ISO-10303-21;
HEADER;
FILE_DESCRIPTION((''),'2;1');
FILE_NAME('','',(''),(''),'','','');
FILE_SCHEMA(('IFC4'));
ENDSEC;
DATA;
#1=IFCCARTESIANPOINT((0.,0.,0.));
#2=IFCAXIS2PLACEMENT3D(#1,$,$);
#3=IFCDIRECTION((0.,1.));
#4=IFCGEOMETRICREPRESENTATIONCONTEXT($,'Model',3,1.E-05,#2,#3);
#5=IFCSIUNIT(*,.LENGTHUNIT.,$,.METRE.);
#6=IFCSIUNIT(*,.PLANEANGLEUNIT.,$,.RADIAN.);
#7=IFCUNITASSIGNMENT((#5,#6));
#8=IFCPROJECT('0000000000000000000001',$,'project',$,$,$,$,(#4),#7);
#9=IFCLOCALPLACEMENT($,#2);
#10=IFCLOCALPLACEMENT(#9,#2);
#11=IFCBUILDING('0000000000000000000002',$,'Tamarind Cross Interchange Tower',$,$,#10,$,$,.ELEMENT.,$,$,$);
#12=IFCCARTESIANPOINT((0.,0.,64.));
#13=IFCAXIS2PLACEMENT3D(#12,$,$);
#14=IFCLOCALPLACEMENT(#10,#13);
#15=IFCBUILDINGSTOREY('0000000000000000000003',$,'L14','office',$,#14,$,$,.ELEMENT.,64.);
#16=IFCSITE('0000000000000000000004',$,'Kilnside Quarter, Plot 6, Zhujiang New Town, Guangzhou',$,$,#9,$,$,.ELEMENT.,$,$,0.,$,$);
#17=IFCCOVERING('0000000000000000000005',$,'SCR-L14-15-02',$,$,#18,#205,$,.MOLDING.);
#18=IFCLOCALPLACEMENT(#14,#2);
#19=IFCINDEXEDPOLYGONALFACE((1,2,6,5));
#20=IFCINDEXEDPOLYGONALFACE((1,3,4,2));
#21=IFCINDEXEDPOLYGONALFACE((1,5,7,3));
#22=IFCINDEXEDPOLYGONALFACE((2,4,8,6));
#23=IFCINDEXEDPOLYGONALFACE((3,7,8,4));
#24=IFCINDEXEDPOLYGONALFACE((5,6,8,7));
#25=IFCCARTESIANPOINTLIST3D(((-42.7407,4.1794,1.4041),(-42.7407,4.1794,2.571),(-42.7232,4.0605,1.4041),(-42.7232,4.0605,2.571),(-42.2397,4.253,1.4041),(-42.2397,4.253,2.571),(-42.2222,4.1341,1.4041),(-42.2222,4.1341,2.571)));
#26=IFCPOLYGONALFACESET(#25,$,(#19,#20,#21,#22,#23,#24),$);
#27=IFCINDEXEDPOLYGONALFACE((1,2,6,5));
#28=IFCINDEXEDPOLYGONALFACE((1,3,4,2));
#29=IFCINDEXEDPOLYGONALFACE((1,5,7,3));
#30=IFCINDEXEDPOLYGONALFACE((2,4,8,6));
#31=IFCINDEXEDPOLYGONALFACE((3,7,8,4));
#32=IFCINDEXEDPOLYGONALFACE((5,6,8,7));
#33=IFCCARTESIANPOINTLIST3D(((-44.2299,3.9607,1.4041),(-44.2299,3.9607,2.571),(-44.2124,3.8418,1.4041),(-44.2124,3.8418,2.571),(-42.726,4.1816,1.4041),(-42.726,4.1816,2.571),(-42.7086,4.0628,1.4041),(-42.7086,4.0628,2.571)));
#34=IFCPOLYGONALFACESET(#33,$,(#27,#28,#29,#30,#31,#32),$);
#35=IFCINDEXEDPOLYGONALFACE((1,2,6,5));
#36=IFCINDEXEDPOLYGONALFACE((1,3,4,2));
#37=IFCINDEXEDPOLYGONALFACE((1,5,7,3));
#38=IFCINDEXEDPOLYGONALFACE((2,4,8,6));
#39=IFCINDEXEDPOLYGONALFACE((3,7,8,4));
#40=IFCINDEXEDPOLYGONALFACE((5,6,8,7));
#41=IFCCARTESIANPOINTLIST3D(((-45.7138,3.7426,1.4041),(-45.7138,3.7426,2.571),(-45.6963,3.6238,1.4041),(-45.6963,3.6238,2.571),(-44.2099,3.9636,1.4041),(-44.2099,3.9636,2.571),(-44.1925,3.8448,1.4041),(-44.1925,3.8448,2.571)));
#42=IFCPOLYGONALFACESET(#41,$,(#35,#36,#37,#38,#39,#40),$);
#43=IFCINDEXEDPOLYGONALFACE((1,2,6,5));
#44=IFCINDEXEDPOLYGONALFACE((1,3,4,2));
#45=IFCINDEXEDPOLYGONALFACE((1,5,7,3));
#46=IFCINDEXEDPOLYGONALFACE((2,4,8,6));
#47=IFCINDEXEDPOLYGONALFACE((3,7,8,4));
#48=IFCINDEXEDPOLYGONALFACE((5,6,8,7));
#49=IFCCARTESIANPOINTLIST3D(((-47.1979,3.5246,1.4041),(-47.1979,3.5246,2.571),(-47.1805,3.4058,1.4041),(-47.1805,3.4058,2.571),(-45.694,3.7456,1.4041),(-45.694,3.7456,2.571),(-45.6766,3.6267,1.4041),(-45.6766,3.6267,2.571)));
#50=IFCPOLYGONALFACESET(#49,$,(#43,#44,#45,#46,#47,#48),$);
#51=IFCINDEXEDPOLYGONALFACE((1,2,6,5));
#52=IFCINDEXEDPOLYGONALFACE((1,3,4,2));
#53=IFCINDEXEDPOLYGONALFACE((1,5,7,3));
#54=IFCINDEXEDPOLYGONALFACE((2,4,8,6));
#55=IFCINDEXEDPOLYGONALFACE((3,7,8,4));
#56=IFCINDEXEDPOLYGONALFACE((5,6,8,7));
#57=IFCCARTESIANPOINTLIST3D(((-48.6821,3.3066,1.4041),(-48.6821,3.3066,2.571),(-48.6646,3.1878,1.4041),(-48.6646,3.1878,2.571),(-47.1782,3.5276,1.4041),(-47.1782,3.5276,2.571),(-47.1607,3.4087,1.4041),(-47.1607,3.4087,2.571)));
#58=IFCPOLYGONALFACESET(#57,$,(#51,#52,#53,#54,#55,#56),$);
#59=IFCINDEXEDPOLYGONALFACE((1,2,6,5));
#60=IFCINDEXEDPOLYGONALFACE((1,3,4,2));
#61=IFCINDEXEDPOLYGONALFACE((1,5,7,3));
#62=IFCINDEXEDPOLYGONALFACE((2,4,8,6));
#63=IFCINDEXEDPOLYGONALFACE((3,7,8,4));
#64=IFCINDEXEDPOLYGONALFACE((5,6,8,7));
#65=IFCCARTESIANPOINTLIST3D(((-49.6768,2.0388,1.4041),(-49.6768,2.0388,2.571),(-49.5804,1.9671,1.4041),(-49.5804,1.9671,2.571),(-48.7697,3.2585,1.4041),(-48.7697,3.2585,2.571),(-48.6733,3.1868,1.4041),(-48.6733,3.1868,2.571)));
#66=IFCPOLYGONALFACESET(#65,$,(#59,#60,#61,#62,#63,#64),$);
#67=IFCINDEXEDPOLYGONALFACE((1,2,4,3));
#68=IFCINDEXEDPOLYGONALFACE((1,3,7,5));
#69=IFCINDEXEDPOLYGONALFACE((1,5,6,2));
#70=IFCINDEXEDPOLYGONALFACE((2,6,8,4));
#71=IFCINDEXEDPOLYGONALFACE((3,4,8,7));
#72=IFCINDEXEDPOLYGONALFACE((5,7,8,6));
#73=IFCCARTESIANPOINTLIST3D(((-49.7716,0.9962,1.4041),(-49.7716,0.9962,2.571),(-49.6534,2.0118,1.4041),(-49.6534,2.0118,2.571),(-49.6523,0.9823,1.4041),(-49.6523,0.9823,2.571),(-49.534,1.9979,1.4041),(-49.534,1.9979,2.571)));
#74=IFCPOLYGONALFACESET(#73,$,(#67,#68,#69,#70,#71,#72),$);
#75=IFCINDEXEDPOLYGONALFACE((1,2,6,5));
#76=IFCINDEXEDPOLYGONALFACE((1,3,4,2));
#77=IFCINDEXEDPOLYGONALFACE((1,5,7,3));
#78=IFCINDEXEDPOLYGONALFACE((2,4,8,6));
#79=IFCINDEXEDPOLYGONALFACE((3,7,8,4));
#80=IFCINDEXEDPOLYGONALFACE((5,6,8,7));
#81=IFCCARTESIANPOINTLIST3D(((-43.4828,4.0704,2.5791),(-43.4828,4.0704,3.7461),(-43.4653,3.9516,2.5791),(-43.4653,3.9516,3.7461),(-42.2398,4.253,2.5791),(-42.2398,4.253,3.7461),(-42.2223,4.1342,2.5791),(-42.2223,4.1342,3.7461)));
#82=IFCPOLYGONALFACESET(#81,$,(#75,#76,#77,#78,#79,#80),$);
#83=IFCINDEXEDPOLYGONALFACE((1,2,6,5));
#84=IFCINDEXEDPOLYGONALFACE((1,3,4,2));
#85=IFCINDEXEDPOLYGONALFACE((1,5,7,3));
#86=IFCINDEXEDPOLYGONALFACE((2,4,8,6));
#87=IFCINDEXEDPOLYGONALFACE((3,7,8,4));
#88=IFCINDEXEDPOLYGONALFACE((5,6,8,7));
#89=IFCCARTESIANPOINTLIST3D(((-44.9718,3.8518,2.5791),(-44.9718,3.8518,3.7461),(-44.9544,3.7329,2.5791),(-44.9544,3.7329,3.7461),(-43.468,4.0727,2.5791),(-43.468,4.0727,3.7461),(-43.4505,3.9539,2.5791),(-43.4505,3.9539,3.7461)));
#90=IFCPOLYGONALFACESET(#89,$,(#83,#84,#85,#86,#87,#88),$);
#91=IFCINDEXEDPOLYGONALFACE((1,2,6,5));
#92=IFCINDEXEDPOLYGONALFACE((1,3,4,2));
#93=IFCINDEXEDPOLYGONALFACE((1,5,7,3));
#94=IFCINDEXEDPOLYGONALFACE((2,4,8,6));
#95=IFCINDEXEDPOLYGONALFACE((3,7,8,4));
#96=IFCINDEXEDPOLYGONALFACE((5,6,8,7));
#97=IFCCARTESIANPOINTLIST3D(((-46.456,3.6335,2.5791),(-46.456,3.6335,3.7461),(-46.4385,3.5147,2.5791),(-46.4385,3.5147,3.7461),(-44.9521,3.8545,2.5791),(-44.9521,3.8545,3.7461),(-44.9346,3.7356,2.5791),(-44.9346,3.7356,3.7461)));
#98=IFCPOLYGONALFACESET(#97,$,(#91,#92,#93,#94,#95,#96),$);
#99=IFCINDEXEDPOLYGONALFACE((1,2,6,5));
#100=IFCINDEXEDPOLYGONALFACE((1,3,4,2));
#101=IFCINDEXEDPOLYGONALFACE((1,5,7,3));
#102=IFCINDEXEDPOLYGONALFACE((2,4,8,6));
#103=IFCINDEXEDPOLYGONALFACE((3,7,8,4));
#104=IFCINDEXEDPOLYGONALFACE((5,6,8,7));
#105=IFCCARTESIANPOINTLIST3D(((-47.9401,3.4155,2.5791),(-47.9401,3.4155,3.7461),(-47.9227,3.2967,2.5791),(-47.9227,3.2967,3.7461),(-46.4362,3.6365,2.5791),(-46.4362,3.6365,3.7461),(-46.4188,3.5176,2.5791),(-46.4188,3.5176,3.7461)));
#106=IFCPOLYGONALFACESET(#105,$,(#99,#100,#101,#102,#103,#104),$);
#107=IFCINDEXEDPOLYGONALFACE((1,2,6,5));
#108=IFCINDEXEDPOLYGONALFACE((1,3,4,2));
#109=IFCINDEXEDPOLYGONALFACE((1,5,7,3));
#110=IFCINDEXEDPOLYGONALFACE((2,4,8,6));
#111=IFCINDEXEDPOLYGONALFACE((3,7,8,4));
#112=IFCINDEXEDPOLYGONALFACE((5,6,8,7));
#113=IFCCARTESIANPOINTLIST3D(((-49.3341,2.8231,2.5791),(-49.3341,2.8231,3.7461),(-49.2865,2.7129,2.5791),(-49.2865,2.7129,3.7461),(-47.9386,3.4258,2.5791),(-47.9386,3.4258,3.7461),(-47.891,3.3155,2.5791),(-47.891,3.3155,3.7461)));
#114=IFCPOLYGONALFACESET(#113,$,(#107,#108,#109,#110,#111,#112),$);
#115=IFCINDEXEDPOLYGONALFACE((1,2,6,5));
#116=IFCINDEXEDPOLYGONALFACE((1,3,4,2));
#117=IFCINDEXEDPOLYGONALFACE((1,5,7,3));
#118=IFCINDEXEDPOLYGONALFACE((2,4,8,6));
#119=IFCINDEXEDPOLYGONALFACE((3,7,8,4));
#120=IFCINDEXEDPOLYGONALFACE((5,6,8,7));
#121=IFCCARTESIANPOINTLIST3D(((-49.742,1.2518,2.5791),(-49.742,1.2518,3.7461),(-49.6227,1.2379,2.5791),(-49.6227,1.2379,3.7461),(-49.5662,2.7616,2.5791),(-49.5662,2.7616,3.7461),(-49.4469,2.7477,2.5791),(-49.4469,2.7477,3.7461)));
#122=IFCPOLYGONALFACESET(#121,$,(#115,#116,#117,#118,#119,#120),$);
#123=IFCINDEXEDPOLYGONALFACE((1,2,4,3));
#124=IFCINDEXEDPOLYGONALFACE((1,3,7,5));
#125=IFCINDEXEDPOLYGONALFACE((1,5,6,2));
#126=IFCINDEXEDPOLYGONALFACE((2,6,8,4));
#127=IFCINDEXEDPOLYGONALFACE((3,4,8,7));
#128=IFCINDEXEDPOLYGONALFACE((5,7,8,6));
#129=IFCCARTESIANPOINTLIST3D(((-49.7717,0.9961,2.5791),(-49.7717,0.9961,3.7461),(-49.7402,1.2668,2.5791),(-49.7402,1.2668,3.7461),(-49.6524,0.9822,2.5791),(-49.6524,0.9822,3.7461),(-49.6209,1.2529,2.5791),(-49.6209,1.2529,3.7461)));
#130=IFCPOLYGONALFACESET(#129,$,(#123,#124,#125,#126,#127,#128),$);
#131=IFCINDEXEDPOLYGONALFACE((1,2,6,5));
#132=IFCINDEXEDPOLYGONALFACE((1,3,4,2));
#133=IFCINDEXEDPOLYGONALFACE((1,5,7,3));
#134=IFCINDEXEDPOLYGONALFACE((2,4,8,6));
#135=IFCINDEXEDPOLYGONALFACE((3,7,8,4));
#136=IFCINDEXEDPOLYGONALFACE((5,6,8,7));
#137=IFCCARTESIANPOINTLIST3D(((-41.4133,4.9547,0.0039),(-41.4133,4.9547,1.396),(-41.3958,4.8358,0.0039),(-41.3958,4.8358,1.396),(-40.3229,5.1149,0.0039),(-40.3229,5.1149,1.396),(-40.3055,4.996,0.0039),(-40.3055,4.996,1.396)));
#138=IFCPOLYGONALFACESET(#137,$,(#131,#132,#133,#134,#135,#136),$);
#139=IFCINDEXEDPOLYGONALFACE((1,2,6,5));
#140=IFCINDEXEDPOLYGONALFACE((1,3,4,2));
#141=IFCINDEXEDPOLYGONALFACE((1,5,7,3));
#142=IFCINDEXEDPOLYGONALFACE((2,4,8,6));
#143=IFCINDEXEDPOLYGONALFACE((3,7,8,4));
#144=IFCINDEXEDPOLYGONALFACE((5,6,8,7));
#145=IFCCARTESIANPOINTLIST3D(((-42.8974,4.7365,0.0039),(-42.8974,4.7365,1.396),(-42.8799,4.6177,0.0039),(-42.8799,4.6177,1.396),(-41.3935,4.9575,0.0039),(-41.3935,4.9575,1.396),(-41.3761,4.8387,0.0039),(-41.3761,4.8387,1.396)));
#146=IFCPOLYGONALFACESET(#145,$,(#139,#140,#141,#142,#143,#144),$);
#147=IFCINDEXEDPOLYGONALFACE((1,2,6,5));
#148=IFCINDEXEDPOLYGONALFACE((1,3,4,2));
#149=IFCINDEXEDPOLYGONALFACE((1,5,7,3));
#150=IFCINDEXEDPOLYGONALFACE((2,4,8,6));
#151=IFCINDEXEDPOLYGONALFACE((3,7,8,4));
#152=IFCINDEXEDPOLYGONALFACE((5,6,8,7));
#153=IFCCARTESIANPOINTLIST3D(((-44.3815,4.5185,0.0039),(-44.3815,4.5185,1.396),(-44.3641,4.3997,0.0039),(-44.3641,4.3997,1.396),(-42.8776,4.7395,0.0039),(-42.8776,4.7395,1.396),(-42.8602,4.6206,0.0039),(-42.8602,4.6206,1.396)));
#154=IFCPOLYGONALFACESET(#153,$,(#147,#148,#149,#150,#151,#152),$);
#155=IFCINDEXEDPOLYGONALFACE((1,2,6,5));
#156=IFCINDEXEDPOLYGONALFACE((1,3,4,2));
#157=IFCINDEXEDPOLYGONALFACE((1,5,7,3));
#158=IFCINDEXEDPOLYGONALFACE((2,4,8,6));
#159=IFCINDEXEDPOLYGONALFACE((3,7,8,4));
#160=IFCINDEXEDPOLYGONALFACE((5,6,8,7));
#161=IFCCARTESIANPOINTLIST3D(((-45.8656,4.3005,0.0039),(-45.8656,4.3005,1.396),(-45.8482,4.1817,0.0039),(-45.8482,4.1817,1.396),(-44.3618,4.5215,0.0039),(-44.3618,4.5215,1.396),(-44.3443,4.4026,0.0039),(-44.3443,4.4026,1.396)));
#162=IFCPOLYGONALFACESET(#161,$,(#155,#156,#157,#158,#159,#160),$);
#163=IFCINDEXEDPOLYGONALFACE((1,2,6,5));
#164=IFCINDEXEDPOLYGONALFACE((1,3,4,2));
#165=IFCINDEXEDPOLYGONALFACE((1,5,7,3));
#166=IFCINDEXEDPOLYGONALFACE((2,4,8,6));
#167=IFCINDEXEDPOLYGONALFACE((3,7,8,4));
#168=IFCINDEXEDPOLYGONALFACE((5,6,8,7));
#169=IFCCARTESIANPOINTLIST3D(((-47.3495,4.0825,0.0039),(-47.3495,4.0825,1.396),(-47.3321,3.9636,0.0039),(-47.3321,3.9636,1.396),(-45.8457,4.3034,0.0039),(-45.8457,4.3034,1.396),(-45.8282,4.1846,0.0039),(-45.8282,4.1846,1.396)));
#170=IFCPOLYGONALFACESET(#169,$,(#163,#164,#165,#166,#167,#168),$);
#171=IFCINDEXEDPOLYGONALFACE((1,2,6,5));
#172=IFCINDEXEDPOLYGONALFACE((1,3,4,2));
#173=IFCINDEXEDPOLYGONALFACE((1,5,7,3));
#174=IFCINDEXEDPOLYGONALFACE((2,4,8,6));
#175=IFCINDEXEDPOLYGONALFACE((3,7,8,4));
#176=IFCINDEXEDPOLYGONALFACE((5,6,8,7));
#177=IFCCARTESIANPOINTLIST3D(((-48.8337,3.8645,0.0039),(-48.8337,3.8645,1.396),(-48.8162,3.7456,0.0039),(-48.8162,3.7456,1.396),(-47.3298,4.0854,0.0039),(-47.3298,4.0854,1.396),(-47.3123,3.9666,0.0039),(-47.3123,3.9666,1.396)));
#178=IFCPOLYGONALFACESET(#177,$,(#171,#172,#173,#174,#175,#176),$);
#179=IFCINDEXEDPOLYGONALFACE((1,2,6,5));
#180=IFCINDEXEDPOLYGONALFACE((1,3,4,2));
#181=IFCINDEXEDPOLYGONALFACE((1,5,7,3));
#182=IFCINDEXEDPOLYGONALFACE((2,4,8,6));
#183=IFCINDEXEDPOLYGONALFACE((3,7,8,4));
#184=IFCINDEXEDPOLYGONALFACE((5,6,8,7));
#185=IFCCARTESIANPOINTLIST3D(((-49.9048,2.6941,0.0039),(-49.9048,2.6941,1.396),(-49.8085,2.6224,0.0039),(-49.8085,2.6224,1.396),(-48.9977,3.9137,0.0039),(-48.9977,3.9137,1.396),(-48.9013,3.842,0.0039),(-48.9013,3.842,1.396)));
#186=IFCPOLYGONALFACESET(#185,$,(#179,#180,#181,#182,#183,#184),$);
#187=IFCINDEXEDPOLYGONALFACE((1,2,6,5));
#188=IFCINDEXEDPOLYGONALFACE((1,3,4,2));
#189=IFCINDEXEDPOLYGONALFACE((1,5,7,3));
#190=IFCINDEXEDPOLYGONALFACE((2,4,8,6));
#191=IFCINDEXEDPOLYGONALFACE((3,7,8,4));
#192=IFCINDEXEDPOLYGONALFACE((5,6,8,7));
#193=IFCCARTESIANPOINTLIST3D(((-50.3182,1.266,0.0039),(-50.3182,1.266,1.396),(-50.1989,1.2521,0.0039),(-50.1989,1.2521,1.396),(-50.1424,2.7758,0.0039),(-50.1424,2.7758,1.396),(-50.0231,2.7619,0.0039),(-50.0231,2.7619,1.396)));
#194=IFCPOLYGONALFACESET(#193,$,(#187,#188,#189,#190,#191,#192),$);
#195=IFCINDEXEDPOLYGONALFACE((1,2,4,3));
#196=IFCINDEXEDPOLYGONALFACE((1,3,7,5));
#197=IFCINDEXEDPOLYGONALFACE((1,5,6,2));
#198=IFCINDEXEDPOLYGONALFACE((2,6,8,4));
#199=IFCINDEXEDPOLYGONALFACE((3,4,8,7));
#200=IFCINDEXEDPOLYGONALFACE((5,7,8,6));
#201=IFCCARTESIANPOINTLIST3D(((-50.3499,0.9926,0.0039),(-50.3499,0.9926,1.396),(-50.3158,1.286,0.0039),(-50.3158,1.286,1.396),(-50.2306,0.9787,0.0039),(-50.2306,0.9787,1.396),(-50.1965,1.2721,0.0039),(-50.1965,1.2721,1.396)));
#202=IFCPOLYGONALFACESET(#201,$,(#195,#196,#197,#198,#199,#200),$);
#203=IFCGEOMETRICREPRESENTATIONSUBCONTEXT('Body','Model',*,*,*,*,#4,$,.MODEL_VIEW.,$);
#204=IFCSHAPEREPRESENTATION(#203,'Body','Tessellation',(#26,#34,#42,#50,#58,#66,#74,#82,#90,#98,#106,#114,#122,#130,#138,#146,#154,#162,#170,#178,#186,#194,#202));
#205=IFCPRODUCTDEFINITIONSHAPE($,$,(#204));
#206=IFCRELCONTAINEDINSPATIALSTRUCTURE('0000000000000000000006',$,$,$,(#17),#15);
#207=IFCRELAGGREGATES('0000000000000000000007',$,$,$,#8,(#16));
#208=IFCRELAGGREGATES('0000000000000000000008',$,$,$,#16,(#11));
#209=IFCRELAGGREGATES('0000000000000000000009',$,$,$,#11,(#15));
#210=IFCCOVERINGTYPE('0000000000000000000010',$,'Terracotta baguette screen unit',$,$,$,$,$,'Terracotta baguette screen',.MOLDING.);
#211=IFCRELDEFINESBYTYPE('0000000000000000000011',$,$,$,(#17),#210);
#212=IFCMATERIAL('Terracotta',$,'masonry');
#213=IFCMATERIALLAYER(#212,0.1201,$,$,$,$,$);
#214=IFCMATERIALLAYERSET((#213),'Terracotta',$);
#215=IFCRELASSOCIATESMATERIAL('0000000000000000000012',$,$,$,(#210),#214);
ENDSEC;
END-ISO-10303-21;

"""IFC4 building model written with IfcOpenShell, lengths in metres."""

from ifc_helpers import new_model, si_unit, direction, frame, origin, origin_2d, place, context, subcontext, project, spatial, rectangle, extrude, material, layer, layer_set, type_object, element, save


model = new_model("IFC4")

# Units and contexts
model_context = context("Model", 3, precision=1e-05, world=origin(), true_north=direction((0.0, 1.0)))
body_context = subcontext(model_context, "Body", "Model", "MODEL_VIEW")
ifc_project = project(units=[si_unit("LENGTHUNIT", "METRE"), si_unit("PLANEANGLEUNIT", "RADIAN")], contexts=[model_context])

# Site, building, storey
site_placement = place(None, origin())
site = spatial("IfcSite", under=ifc_project, at=site_placement, Name="Kilnside Quarter, Plot 6, Zhujiang New Town, Guangzhou", CompositionType="ELEMENT", RefElevation=0.0)
building_placement = place(site_placement, origin())
building = spatial("IfcBuilding", under=site, at=building_placement, Name="Tamarind Cross Interchange Tower", CompositionType="ELEMENT")
storey_placement = place(building_placement, frame((0.0, 0.0, 64.0)))
storey = spatial("IfcBuildingStorey", under=building, at=storey_placement, Name="L14", Description="office", CompositionType="ELEMENT", Elevation=64.0)

# Covering
ifc_material_1 = material(Name="Terracotta", Category="masonry")
ifc_layer_1 = layer(ifc_material_1, 0.1201)
ifc_layer_set_1 = layer_set([ifc_layer_1], Name="Terracotta")
covering_type = type_object("IfcCoveringType", Name="Terracotta baguette screen unit", ElementType="Terracotta baguette screen", PredefinedType="MOLDING", material=ifc_layer_set_1)
covering_1_placement = place(storey_placement, origin())
element("IfcCovering", 1, at=covering_1_placement, inside=storey, type_object=covering_type, Name="SCR-L14-15-02", PredefinedType="MOLDING", context=body_context, shape_type="SweptSolid", body=[
    extrude(rectangle(XDim=0.5063, YDim=0.1201, at=origin_2d()), frame((-42.4814, 4.1567, 1.4041), z_axis=(0.0, 0.0, 1.0), x_axis=(-0.989378, -0.145365, 0.0)), (0.0, 0.0, 1.0), 1.167),
    extrude(rectangle(XDim=1.52, YDim=0.1201, at=origin_2d()), frame((-43.4692, 4.0117, 1.4041), z_axis=(0.0, 0.0, 1.0), x_axis=(-0.989378, -0.145365, 0.0)), (0.0, 0.0, 1.0), 1.167),
    extrude(rectangle(XDim=1.52, YDim=0.1201, at=origin_2d()), frame((-44.9531, 3.7937, 1.4041), z_axis=(0.0, 0.0, 1.0), x_axis=(-0.989378, -0.145365, 0.0)), (0.0, 0.0, 1.0), 1.167),
    extrude(rectangle(XDim=1.52, YDim=0.1201, at=origin_2d()), frame((-46.4373, 3.5757, 1.4041), z_axis=(0.0, 0.0, 1.0), x_axis=(-0.989378, -0.145365, 0.0)), (0.0, 0.0, 1.0), 1.167),
    extrude(rectangle(XDim=1.52, YDim=0.1201, at=origin_2d()), frame((-47.9214, 3.3577, 1.4041), z_axis=(0.0, 0.0, 1.0), x_axis=(-0.989378, -0.145365, 0.0)), (0.0, 0.0, 1.0), 1.167),
    extrude(rectangle(XDim=1.52, YDim=0.1201, at=origin_2d()), frame((-49.175, 2.6128, 1.4041), z_axis=(0.0, 0.0, 1.0), x_axis=(-0.596808, -0.802384, 0.0)), (0.0, 0.0, 1.0), 1.167),
    extrude(rectangle(XDim=1.0225, YDim=0.1201, at=origin_2d()), frame((-49.6528, 1.4971, 1.4041), z_axis=(0.0, 0.0, 1.0), x_axis=(-0.115658, -0.993289, 0.0)), (0.0, 0.0, 1.0), 1.167),
    extrude(rectangle(XDim=1.2563, YDim=0.1201, at=origin_2d()), frame((-42.8525, 4.1023, 2.5791), z_axis=(0.0, 0.0, 1.0), x_axis=(-0.989378, -0.145365, 0.0)), (0.0, 0.0, 1.0), 1.167),
    extrude(rectangle(XDim=1.52, YDim=0.1201, at=origin_2d()), frame((-44.2112, 3.9028, 2.5791), z_axis=(0.0, 0.0, 1.0), x_axis=(-0.989378, -0.145365, 0.0)), (0.0, 0.0, 1.0), 1.167),
    extrude(rectangle(XDim=1.52, YDim=0.1201, at=origin_2d()), frame((-45.6953, 3.6846, 2.5791), z_axis=(0.0, 0.0, 1.0), x_axis=(-0.989378, -0.145365, 0.0)), (0.0, 0.0, 1.0), 1.167),
    extrude(rectangle(XDim=1.52, YDim=0.1201, at=origin_2d()), frame((-47.1794, 3.4666, 2.5791), z_axis=(0.0, 0.0, 1.0), x_axis=(-0.989378, -0.145365, 0.0)), (0.0, 0.0, 1.0), 1.167),
    extrude(rectangle(XDim=1.52, YDim=0.1201, at=origin_2d()), frame((-48.6125, 3.0693, 2.5791), z_axis=(0.0, 0.0, 1.0), x_axis=(-0.918043, -0.396481, 0.0)), (0.0, 0.0, 1.0), 1.167),
    extrude(rectangle(XDim=1.52, YDim=0.1201, at=origin_2d()), frame((-49.5945, 1.9998, 2.5791), z_axis=(0.0, 0.0, 1.0), x_axis=(-0.115658, -0.993289, 0.0)), (0.0, 0.0, 1.0), 1.167),
    extrude(rectangle(XDim=0.2725, YDim=0.1201, at=origin_2d()), frame((-49.6963, 1.1245, 2.5791), z_axis=(0.0, 0.0, 1.0), x_axis=(-0.115658, -0.993289, 0.0)), (0.0, 0.0, 1.0), 1.167),
    extrude(rectangle(XDim=1.1021, YDim=0.1201, at=origin_2d()), frame((-40.8594, 4.9753, 0.0039), z_axis=(0.0, 0.0, 1.0), x_axis=(-0.989378, -0.145365, 0.0)), (0.0, 0.0, 1.0), 1.3921),
    extrude(rectangle(XDim=1.52, YDim=0.1201, at=origin_2d()), frame((-42.1367, 4.7876, 0.0039), z_axis=(0.0, 0.0, 1.0), x_axis=(-0.989378, -0.145365, 0.0)), (0.0, 0.0, 1.0), 1.3921),
    extrude(rectangle(XDim=1.52, YDim=0.1201, at=origin_2d()), frame((-43.6208, 4.5696, 0.0039), z_axis=(0.0, 0.0, 1.0), x_axis=(-0.989378, -0.145365, 0.0)), (0.0, 0.0, 1.0), 1.3921),
    extrude(rectangle(XDim=1.52, YDim=0.1201, at=origin_2d()), frame((-45.105, 4.3516, 0.0039), z_axis=(0.0, 0.0, 1.0), x_axis=(-0.989378, -0.145365, 0.0)), (0.0, 0.0, 1.0), 1.3921),
    extrude(rectangle(XDim=1.52, YDim=0.1201, at=origin_2d()), frame((-46.5889, 4.1335, 0.0039), z_axis=(0.0, 0.0, 1.0), x_axis=(-0.989378, -0.145365, 0.0)), (0.0, 0.0, 1.0), 1.3921),
    extrude(rectangle(XDim=1.52, YDim=0.1201, at=origin_2d()), frame((-48.073, 3.9155, 0.0039), z_axis=(0.0, 0.0, 1.0), x_axis=(-0.989378, -0.145365, 0.0)), (0.0, 0.0, 1.0), 1.3921),
    extrude(rectangle(XDim=1.52, YDim=0.1201, at=origin_2d()), frame((-49.4031, 3.2681, 0.0039), z_axis=(0.0, 0.0, 1.0), x_axis=(-0.596808, -0.802384, 0.0)), (0.0, 0.0, 1.0), 1.3921),
    extrude(rectangle(XDim=1.52, YDim=0.1201, at=origin_2d()), frame((-50.1707, 2.0139, 0.0039), z_axis=(0.0, 0.0, 1.0), x_axis=(-0.115658, -0.993289, 0.0)), (0.0, 0.0, 1.0), 1.3921),
    extrude(rectangle(XDim=0.2954, YDim=0.1201, at=origin_2d()), frame((-50.2732, 1.1323, 0.0039), z_axis=(0.0, 0.0, 1.0), x_axis=(-0.115658, -0.993289, 0.0)), (0.0, 0.0, 1.0), 1.3921),
])

save(model, "model.ifc")
